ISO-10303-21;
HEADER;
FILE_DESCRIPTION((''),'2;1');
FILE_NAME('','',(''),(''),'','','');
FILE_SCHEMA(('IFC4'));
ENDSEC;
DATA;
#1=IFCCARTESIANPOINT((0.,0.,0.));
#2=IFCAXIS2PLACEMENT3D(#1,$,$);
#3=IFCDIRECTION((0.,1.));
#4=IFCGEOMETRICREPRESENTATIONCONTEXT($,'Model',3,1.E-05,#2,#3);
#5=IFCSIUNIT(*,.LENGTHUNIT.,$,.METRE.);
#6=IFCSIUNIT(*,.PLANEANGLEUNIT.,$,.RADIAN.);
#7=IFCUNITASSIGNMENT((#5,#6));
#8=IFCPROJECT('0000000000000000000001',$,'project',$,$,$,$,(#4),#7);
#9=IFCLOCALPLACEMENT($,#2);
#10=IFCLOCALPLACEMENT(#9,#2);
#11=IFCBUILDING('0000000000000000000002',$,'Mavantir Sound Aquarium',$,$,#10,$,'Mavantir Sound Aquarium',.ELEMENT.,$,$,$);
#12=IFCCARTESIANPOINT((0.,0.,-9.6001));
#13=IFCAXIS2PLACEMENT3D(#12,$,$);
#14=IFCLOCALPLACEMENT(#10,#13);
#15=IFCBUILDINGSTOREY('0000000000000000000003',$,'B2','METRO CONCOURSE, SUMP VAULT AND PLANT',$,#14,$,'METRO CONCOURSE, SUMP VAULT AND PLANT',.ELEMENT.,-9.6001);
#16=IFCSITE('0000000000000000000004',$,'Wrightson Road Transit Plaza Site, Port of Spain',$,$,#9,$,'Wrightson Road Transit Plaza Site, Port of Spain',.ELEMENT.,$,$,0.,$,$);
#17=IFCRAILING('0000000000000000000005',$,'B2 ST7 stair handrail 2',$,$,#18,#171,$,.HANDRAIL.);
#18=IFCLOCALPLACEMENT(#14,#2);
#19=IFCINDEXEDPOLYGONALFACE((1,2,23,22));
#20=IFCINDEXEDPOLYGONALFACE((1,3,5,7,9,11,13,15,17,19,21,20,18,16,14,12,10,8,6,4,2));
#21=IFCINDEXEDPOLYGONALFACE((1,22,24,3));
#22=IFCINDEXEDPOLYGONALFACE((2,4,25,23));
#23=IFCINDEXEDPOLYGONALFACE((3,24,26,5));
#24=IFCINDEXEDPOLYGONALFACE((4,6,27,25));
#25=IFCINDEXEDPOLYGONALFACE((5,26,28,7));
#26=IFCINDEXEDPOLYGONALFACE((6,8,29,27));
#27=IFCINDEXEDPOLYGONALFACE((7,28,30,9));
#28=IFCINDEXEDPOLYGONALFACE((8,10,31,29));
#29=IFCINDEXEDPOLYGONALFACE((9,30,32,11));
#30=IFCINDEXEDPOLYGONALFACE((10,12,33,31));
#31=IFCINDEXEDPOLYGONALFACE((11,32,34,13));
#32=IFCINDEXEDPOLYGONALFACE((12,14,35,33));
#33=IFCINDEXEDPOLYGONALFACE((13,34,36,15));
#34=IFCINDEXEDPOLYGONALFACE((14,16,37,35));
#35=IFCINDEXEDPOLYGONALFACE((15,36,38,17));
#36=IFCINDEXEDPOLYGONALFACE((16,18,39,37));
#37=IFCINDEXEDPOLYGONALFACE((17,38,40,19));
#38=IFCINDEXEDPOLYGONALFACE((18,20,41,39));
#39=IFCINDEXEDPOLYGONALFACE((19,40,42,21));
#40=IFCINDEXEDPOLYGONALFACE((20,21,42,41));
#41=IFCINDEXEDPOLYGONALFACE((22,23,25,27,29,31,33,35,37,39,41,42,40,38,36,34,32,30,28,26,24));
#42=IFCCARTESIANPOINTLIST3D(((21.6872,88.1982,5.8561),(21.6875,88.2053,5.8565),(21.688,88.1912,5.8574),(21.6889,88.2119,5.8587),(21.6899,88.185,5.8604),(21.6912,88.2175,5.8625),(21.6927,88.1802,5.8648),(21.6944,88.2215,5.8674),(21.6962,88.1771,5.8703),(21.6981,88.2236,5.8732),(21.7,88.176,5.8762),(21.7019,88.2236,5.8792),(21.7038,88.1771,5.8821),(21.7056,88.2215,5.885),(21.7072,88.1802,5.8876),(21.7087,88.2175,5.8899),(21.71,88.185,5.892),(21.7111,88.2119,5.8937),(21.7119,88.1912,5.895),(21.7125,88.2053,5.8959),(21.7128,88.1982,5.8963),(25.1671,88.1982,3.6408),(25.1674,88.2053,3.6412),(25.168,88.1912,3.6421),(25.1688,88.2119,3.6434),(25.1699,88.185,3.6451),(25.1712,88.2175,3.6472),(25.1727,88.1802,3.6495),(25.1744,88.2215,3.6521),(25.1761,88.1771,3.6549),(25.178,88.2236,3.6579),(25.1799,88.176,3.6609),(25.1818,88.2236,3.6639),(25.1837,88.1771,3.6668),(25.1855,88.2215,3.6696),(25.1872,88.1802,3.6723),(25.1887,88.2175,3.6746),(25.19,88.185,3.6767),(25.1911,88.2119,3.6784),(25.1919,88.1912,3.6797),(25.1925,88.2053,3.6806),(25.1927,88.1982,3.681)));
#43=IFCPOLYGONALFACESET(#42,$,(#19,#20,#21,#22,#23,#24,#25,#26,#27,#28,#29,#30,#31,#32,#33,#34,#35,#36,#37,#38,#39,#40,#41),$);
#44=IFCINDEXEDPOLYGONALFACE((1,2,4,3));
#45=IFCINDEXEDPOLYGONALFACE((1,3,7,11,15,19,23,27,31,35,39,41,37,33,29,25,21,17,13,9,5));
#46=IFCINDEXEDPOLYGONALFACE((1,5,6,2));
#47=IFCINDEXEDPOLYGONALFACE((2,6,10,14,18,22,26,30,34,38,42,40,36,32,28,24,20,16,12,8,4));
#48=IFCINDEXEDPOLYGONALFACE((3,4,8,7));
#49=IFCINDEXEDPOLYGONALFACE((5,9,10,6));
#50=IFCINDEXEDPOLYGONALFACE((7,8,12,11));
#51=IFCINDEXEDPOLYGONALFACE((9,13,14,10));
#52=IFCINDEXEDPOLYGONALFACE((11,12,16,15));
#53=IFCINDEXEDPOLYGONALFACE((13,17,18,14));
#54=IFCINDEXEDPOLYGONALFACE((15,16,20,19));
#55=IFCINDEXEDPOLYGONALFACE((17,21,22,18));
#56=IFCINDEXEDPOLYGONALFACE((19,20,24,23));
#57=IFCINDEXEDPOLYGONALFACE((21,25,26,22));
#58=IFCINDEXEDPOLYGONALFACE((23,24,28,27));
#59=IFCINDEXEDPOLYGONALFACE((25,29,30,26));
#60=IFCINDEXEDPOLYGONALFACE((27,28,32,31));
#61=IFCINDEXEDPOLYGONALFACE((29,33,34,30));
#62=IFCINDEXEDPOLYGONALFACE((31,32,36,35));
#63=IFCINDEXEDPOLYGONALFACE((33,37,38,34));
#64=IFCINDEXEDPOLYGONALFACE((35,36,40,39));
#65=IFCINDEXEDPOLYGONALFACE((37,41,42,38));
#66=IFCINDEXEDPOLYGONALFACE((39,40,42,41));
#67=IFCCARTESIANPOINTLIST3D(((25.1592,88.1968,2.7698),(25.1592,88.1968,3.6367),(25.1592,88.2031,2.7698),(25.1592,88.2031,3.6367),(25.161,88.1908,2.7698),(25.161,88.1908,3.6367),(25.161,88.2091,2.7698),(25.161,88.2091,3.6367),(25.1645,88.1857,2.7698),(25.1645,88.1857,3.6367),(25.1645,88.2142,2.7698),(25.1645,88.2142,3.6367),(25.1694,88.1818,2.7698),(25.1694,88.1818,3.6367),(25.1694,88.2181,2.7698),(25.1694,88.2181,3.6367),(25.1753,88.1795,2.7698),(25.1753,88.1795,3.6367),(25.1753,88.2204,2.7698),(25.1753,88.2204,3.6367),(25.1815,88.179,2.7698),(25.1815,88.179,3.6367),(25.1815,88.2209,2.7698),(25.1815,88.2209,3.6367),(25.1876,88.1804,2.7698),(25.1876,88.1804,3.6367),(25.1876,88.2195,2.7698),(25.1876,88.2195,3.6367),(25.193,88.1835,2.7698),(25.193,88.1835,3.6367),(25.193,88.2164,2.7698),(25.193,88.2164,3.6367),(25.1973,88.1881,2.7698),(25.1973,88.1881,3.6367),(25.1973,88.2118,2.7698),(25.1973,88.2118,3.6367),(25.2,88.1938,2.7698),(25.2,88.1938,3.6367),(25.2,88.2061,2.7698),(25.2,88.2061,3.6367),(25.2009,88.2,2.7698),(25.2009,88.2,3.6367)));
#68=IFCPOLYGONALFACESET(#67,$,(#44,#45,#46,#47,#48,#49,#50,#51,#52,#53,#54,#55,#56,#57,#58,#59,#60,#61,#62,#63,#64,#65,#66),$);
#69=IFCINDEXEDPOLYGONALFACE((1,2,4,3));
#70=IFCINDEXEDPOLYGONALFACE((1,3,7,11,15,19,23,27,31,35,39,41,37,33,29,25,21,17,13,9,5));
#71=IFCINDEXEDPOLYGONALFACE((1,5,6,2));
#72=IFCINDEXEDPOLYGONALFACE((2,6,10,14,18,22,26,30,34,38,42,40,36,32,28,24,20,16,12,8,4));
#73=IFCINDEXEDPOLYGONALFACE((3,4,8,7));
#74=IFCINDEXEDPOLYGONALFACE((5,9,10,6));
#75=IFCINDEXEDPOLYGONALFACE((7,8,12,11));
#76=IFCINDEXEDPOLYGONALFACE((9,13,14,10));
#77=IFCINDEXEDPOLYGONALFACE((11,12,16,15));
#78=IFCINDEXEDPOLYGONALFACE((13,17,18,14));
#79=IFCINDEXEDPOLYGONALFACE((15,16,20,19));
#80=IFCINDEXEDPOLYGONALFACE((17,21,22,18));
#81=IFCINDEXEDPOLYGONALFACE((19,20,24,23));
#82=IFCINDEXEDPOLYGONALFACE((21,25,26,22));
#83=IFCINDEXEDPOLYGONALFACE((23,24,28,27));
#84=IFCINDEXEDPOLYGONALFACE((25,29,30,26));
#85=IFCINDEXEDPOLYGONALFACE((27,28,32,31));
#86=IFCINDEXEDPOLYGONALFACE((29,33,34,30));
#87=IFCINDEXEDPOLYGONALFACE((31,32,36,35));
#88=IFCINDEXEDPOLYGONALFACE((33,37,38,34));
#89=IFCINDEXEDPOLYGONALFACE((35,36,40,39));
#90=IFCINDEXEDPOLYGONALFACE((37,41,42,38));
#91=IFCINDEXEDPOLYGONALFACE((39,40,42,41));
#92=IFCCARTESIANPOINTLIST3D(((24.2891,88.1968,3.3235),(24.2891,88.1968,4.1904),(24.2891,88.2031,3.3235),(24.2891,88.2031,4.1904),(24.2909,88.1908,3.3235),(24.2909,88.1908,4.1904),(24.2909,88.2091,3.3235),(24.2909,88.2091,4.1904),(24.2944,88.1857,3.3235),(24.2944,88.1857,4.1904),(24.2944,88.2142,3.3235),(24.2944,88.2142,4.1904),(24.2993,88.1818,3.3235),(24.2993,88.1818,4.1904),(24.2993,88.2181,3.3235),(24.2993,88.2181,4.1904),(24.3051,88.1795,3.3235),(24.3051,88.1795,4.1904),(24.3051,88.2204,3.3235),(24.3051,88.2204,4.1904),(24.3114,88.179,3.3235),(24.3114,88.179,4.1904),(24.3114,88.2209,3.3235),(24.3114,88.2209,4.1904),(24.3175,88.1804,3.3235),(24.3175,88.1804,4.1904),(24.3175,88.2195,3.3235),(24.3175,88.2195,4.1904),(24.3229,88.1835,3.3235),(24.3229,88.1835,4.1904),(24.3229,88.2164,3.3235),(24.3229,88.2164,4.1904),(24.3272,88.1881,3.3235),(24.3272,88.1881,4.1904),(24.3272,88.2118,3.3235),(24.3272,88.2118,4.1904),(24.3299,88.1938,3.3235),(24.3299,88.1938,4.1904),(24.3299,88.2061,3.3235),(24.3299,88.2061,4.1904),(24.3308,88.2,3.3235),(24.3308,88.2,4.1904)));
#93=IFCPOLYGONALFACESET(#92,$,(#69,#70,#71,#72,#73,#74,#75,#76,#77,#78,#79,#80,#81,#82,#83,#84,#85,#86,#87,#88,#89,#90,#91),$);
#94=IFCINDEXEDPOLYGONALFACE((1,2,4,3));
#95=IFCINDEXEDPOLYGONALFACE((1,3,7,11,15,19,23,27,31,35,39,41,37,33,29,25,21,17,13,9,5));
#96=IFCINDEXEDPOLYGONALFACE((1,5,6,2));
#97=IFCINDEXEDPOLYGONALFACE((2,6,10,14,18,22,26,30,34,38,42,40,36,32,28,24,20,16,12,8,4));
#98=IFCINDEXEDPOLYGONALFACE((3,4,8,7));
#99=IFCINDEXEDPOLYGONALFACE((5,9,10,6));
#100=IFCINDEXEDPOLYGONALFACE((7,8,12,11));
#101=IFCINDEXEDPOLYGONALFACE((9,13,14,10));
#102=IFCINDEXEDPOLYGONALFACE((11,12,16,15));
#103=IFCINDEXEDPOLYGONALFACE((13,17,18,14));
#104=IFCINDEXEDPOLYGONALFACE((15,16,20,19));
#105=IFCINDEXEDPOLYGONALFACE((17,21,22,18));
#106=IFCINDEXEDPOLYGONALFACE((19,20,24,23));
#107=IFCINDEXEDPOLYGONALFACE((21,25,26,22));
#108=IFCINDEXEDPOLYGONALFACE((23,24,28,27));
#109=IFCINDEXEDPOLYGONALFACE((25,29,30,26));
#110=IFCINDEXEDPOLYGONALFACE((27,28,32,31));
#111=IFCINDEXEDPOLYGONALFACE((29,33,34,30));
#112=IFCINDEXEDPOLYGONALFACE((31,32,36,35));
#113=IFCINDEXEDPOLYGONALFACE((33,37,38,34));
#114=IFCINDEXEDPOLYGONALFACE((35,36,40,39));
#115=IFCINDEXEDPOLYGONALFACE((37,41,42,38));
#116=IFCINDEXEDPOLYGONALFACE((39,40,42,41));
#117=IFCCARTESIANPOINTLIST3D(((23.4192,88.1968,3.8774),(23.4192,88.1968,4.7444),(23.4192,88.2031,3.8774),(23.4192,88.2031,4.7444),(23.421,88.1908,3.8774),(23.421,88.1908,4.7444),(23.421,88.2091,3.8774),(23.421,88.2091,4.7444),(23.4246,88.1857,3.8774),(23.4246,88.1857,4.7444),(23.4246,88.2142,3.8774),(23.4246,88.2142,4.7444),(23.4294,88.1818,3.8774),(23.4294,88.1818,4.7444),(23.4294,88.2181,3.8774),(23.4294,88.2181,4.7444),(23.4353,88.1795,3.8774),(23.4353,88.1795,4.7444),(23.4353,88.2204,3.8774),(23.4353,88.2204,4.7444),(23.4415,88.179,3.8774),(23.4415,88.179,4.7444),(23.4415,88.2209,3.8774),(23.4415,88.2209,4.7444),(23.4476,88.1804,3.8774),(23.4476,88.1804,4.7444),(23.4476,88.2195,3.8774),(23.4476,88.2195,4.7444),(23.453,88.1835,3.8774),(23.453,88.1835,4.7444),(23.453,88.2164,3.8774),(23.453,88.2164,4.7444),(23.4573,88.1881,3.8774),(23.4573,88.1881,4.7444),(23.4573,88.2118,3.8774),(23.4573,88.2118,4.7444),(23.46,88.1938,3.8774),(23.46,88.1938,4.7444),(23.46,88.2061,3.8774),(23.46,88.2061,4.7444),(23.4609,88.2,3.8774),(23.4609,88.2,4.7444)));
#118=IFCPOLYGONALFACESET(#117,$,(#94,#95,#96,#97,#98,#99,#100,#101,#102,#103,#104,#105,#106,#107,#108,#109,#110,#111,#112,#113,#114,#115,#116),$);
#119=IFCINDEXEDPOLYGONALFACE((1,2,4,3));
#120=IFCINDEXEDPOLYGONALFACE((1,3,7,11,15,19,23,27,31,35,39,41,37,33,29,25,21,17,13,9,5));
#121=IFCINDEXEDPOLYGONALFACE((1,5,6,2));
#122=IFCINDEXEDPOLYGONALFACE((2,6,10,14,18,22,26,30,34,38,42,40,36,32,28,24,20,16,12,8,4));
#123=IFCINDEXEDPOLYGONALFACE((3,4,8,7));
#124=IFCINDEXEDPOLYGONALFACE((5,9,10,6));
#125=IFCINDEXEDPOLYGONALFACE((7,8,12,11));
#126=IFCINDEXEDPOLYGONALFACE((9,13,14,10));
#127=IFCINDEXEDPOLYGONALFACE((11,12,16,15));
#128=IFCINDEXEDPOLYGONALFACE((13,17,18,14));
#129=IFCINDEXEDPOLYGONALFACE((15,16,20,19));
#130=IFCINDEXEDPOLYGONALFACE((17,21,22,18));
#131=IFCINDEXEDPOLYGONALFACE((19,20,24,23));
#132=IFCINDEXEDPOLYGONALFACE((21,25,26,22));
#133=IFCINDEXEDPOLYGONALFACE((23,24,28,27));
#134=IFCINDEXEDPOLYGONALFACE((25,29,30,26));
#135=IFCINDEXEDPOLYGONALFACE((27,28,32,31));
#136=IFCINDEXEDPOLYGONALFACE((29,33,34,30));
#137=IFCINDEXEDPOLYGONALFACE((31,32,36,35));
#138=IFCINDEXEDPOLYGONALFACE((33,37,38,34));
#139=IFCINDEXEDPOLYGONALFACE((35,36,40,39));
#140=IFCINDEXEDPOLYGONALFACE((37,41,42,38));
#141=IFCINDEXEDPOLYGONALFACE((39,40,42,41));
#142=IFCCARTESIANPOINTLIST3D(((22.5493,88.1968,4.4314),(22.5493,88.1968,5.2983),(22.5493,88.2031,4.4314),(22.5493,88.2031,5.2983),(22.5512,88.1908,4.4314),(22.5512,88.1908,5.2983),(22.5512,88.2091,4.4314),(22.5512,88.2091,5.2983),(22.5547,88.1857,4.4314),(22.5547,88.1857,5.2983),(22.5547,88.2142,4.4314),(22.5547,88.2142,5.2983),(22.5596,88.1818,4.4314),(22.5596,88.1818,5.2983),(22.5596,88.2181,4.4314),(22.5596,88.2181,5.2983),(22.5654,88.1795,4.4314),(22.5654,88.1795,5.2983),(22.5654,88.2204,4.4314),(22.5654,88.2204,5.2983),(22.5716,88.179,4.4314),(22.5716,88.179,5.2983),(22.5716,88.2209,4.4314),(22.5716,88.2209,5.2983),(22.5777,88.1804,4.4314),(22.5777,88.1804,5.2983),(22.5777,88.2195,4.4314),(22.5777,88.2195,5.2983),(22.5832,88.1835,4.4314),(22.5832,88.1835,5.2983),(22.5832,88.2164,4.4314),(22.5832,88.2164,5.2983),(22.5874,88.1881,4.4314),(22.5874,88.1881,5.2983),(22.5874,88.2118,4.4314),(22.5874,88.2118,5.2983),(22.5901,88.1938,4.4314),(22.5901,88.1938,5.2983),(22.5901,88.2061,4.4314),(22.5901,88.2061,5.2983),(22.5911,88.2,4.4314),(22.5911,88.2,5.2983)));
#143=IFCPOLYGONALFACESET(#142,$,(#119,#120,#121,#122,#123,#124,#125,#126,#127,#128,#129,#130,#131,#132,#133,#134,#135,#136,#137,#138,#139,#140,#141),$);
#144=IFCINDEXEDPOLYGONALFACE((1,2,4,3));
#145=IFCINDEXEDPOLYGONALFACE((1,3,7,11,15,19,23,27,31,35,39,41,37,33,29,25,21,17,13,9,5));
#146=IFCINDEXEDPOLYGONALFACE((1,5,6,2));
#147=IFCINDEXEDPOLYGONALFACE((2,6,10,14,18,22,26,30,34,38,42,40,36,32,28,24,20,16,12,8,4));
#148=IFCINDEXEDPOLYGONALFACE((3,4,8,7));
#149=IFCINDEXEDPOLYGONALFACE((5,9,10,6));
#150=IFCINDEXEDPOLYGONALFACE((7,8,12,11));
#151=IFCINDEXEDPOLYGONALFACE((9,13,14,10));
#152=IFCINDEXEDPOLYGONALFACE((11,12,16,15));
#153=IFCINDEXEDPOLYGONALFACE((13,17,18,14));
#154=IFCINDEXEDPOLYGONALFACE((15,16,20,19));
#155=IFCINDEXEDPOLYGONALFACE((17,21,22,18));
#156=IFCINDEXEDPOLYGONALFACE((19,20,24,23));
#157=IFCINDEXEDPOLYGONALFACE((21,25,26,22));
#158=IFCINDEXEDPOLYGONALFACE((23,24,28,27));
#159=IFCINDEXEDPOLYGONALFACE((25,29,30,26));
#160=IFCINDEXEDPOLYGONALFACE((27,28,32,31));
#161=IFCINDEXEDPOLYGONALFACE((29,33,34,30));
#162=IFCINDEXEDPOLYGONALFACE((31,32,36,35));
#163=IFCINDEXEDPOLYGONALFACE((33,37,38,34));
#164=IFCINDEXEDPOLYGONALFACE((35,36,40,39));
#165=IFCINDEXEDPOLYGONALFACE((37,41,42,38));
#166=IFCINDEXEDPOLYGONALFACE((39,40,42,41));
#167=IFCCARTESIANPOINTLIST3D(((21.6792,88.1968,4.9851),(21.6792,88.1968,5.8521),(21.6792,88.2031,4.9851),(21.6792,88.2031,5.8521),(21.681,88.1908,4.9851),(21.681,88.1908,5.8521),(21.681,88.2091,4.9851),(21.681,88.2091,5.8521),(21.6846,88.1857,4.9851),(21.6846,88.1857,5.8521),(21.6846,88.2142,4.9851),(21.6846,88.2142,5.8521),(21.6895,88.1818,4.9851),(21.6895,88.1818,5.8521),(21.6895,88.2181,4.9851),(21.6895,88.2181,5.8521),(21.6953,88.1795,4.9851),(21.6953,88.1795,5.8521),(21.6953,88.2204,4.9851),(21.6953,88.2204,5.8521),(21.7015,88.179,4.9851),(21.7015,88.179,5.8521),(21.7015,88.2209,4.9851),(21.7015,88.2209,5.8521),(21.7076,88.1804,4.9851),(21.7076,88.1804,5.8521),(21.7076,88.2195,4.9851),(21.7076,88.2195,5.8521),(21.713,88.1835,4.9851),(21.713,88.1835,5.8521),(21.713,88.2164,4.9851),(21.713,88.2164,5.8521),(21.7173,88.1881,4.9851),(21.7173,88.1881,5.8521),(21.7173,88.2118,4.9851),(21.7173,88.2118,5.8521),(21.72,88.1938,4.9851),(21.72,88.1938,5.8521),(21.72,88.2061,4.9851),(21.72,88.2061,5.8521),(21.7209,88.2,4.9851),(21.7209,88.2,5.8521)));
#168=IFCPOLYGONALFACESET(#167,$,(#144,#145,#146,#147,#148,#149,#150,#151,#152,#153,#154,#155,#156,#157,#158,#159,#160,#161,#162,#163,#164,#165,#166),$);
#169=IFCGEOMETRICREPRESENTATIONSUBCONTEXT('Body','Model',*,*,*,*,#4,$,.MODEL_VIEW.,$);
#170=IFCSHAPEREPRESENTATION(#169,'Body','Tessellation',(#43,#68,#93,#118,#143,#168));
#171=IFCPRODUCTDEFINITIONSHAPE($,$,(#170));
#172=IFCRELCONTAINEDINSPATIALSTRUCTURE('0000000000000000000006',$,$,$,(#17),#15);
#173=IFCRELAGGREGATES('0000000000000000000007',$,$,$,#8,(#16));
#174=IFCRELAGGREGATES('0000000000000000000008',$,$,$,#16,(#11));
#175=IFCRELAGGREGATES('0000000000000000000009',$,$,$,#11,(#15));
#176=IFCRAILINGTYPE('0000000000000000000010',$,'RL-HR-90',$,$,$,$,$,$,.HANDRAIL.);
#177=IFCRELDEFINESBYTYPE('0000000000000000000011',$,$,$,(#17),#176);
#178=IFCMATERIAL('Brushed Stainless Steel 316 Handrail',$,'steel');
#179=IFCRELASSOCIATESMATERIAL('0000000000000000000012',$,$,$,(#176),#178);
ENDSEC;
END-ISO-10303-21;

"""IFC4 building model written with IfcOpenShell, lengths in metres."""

from ifc_helpers import new_model, si_unit, direction, frame, origin, origin_2d, place, context, subcontext, project, spatial, circle, extrude, material, type_object, element, save


model = new_model("IFC4")

# Units and contexts
model_context = context("Model", 3, precision=1e-05, world=origin(), true_north=direction((0.0, 1.0)))
body_context = subcontext(model_context, "Body", "Model", "MODEL_VIEW")
ifc_project = project(units=[si_unit("LENGTHUNIT", "METRE"), si_unit("PLANEANGLEUNIT", "RADIAN")], contexts=[model_context])

# Site, building, storey
site_placement = place(None, origin())
site = spatial("IfcSite", under=ifc_project, at=site_placement, Name="Wrightson Road Transit Plaza Site, Port of Spain", LongName="Wrightson Road Transit Plaza Site, Port of Spain", CompositionType="ELEMENT", RefElevation=0.0)
building_placement = place(site_placement, origin())
building = spatial("IfcBuilding", under=site, at=building_placement, Name="Mavantir Sound Aquarium", LongName="Mavantir Sound Aquarium", CompositionType="ELEMENT")
storey_placement = place(building_placement, frame((0.0, 0.0, -9.6001)))
storey = spatial("IfcBuildingStorey", under=building, at=storey_placement, Name="B2", Description="METRO CONCOURSE, SUMP VAULT AND PLANT", LongName="METRO CONCOURSE, SUMP VAULT AND PLANT", CompositionType="ELEMENT", Elevation=-9.6001)

# Railing
ifc_material_1 = material(Name="Brushed Stainless Steel 316 Handrail", Category="steel")
railing_type_1 = type_object("IfcRailingType", Name="RL-HR-90", PredefinedType="HANDRAIL", material=ifc_material_1)
railing_1_placement = place(storey_placement, frame((25.1799, 88.2, 2.7698)))
element("IfcRailing", 1, at=railing_1_placement, inside=storey, type_object=railing_type_1, Name="B2 ST7 stair handrail 2", PredefinedType="HANDRAIL", context=body_context, shape_type="SweptSolid", body=[
    extrude(circle(Radius=0.0239, at=origin_2d()), frame((0.0, 0.0, 0.8911), z_axis=(-0.843574, 0.0, 0.537013), x_axis=(0.0, -1.0, 0.0)), (0.0, 0.0, 1.0), 4.1252),
    extrude(circle(Radius=0.021, at=origin_2d()), origin(), (0.0, 0.0, 1.0), 0.8669),
    extrude(circle(Radius=0.021, at=origin_2d()), frame((-0.8701, 0.0, 0.5537)), (0.0, 0.0, 1.0), 0.8669),
    extrude(circle(Radius=0.021, at=origin_2d()), frame((-1.74, 0.0, 1.1077)), (0.0, 0.0, 1.0), 0.8669),
    extrude(circle(Radius=0.021, at=origin_2d()), frame((-2.6099, 0.0, 1.6616)), (0.0, 0.0, 1.0), 0.8669),
    extrude(circle(Radius=0.021, at=origin_2d()), frame((-3.48, 0.0, 2.2153)), (0.0, 0.0, 1.0), 0.8669),
])

save(model, "model.ifc")
